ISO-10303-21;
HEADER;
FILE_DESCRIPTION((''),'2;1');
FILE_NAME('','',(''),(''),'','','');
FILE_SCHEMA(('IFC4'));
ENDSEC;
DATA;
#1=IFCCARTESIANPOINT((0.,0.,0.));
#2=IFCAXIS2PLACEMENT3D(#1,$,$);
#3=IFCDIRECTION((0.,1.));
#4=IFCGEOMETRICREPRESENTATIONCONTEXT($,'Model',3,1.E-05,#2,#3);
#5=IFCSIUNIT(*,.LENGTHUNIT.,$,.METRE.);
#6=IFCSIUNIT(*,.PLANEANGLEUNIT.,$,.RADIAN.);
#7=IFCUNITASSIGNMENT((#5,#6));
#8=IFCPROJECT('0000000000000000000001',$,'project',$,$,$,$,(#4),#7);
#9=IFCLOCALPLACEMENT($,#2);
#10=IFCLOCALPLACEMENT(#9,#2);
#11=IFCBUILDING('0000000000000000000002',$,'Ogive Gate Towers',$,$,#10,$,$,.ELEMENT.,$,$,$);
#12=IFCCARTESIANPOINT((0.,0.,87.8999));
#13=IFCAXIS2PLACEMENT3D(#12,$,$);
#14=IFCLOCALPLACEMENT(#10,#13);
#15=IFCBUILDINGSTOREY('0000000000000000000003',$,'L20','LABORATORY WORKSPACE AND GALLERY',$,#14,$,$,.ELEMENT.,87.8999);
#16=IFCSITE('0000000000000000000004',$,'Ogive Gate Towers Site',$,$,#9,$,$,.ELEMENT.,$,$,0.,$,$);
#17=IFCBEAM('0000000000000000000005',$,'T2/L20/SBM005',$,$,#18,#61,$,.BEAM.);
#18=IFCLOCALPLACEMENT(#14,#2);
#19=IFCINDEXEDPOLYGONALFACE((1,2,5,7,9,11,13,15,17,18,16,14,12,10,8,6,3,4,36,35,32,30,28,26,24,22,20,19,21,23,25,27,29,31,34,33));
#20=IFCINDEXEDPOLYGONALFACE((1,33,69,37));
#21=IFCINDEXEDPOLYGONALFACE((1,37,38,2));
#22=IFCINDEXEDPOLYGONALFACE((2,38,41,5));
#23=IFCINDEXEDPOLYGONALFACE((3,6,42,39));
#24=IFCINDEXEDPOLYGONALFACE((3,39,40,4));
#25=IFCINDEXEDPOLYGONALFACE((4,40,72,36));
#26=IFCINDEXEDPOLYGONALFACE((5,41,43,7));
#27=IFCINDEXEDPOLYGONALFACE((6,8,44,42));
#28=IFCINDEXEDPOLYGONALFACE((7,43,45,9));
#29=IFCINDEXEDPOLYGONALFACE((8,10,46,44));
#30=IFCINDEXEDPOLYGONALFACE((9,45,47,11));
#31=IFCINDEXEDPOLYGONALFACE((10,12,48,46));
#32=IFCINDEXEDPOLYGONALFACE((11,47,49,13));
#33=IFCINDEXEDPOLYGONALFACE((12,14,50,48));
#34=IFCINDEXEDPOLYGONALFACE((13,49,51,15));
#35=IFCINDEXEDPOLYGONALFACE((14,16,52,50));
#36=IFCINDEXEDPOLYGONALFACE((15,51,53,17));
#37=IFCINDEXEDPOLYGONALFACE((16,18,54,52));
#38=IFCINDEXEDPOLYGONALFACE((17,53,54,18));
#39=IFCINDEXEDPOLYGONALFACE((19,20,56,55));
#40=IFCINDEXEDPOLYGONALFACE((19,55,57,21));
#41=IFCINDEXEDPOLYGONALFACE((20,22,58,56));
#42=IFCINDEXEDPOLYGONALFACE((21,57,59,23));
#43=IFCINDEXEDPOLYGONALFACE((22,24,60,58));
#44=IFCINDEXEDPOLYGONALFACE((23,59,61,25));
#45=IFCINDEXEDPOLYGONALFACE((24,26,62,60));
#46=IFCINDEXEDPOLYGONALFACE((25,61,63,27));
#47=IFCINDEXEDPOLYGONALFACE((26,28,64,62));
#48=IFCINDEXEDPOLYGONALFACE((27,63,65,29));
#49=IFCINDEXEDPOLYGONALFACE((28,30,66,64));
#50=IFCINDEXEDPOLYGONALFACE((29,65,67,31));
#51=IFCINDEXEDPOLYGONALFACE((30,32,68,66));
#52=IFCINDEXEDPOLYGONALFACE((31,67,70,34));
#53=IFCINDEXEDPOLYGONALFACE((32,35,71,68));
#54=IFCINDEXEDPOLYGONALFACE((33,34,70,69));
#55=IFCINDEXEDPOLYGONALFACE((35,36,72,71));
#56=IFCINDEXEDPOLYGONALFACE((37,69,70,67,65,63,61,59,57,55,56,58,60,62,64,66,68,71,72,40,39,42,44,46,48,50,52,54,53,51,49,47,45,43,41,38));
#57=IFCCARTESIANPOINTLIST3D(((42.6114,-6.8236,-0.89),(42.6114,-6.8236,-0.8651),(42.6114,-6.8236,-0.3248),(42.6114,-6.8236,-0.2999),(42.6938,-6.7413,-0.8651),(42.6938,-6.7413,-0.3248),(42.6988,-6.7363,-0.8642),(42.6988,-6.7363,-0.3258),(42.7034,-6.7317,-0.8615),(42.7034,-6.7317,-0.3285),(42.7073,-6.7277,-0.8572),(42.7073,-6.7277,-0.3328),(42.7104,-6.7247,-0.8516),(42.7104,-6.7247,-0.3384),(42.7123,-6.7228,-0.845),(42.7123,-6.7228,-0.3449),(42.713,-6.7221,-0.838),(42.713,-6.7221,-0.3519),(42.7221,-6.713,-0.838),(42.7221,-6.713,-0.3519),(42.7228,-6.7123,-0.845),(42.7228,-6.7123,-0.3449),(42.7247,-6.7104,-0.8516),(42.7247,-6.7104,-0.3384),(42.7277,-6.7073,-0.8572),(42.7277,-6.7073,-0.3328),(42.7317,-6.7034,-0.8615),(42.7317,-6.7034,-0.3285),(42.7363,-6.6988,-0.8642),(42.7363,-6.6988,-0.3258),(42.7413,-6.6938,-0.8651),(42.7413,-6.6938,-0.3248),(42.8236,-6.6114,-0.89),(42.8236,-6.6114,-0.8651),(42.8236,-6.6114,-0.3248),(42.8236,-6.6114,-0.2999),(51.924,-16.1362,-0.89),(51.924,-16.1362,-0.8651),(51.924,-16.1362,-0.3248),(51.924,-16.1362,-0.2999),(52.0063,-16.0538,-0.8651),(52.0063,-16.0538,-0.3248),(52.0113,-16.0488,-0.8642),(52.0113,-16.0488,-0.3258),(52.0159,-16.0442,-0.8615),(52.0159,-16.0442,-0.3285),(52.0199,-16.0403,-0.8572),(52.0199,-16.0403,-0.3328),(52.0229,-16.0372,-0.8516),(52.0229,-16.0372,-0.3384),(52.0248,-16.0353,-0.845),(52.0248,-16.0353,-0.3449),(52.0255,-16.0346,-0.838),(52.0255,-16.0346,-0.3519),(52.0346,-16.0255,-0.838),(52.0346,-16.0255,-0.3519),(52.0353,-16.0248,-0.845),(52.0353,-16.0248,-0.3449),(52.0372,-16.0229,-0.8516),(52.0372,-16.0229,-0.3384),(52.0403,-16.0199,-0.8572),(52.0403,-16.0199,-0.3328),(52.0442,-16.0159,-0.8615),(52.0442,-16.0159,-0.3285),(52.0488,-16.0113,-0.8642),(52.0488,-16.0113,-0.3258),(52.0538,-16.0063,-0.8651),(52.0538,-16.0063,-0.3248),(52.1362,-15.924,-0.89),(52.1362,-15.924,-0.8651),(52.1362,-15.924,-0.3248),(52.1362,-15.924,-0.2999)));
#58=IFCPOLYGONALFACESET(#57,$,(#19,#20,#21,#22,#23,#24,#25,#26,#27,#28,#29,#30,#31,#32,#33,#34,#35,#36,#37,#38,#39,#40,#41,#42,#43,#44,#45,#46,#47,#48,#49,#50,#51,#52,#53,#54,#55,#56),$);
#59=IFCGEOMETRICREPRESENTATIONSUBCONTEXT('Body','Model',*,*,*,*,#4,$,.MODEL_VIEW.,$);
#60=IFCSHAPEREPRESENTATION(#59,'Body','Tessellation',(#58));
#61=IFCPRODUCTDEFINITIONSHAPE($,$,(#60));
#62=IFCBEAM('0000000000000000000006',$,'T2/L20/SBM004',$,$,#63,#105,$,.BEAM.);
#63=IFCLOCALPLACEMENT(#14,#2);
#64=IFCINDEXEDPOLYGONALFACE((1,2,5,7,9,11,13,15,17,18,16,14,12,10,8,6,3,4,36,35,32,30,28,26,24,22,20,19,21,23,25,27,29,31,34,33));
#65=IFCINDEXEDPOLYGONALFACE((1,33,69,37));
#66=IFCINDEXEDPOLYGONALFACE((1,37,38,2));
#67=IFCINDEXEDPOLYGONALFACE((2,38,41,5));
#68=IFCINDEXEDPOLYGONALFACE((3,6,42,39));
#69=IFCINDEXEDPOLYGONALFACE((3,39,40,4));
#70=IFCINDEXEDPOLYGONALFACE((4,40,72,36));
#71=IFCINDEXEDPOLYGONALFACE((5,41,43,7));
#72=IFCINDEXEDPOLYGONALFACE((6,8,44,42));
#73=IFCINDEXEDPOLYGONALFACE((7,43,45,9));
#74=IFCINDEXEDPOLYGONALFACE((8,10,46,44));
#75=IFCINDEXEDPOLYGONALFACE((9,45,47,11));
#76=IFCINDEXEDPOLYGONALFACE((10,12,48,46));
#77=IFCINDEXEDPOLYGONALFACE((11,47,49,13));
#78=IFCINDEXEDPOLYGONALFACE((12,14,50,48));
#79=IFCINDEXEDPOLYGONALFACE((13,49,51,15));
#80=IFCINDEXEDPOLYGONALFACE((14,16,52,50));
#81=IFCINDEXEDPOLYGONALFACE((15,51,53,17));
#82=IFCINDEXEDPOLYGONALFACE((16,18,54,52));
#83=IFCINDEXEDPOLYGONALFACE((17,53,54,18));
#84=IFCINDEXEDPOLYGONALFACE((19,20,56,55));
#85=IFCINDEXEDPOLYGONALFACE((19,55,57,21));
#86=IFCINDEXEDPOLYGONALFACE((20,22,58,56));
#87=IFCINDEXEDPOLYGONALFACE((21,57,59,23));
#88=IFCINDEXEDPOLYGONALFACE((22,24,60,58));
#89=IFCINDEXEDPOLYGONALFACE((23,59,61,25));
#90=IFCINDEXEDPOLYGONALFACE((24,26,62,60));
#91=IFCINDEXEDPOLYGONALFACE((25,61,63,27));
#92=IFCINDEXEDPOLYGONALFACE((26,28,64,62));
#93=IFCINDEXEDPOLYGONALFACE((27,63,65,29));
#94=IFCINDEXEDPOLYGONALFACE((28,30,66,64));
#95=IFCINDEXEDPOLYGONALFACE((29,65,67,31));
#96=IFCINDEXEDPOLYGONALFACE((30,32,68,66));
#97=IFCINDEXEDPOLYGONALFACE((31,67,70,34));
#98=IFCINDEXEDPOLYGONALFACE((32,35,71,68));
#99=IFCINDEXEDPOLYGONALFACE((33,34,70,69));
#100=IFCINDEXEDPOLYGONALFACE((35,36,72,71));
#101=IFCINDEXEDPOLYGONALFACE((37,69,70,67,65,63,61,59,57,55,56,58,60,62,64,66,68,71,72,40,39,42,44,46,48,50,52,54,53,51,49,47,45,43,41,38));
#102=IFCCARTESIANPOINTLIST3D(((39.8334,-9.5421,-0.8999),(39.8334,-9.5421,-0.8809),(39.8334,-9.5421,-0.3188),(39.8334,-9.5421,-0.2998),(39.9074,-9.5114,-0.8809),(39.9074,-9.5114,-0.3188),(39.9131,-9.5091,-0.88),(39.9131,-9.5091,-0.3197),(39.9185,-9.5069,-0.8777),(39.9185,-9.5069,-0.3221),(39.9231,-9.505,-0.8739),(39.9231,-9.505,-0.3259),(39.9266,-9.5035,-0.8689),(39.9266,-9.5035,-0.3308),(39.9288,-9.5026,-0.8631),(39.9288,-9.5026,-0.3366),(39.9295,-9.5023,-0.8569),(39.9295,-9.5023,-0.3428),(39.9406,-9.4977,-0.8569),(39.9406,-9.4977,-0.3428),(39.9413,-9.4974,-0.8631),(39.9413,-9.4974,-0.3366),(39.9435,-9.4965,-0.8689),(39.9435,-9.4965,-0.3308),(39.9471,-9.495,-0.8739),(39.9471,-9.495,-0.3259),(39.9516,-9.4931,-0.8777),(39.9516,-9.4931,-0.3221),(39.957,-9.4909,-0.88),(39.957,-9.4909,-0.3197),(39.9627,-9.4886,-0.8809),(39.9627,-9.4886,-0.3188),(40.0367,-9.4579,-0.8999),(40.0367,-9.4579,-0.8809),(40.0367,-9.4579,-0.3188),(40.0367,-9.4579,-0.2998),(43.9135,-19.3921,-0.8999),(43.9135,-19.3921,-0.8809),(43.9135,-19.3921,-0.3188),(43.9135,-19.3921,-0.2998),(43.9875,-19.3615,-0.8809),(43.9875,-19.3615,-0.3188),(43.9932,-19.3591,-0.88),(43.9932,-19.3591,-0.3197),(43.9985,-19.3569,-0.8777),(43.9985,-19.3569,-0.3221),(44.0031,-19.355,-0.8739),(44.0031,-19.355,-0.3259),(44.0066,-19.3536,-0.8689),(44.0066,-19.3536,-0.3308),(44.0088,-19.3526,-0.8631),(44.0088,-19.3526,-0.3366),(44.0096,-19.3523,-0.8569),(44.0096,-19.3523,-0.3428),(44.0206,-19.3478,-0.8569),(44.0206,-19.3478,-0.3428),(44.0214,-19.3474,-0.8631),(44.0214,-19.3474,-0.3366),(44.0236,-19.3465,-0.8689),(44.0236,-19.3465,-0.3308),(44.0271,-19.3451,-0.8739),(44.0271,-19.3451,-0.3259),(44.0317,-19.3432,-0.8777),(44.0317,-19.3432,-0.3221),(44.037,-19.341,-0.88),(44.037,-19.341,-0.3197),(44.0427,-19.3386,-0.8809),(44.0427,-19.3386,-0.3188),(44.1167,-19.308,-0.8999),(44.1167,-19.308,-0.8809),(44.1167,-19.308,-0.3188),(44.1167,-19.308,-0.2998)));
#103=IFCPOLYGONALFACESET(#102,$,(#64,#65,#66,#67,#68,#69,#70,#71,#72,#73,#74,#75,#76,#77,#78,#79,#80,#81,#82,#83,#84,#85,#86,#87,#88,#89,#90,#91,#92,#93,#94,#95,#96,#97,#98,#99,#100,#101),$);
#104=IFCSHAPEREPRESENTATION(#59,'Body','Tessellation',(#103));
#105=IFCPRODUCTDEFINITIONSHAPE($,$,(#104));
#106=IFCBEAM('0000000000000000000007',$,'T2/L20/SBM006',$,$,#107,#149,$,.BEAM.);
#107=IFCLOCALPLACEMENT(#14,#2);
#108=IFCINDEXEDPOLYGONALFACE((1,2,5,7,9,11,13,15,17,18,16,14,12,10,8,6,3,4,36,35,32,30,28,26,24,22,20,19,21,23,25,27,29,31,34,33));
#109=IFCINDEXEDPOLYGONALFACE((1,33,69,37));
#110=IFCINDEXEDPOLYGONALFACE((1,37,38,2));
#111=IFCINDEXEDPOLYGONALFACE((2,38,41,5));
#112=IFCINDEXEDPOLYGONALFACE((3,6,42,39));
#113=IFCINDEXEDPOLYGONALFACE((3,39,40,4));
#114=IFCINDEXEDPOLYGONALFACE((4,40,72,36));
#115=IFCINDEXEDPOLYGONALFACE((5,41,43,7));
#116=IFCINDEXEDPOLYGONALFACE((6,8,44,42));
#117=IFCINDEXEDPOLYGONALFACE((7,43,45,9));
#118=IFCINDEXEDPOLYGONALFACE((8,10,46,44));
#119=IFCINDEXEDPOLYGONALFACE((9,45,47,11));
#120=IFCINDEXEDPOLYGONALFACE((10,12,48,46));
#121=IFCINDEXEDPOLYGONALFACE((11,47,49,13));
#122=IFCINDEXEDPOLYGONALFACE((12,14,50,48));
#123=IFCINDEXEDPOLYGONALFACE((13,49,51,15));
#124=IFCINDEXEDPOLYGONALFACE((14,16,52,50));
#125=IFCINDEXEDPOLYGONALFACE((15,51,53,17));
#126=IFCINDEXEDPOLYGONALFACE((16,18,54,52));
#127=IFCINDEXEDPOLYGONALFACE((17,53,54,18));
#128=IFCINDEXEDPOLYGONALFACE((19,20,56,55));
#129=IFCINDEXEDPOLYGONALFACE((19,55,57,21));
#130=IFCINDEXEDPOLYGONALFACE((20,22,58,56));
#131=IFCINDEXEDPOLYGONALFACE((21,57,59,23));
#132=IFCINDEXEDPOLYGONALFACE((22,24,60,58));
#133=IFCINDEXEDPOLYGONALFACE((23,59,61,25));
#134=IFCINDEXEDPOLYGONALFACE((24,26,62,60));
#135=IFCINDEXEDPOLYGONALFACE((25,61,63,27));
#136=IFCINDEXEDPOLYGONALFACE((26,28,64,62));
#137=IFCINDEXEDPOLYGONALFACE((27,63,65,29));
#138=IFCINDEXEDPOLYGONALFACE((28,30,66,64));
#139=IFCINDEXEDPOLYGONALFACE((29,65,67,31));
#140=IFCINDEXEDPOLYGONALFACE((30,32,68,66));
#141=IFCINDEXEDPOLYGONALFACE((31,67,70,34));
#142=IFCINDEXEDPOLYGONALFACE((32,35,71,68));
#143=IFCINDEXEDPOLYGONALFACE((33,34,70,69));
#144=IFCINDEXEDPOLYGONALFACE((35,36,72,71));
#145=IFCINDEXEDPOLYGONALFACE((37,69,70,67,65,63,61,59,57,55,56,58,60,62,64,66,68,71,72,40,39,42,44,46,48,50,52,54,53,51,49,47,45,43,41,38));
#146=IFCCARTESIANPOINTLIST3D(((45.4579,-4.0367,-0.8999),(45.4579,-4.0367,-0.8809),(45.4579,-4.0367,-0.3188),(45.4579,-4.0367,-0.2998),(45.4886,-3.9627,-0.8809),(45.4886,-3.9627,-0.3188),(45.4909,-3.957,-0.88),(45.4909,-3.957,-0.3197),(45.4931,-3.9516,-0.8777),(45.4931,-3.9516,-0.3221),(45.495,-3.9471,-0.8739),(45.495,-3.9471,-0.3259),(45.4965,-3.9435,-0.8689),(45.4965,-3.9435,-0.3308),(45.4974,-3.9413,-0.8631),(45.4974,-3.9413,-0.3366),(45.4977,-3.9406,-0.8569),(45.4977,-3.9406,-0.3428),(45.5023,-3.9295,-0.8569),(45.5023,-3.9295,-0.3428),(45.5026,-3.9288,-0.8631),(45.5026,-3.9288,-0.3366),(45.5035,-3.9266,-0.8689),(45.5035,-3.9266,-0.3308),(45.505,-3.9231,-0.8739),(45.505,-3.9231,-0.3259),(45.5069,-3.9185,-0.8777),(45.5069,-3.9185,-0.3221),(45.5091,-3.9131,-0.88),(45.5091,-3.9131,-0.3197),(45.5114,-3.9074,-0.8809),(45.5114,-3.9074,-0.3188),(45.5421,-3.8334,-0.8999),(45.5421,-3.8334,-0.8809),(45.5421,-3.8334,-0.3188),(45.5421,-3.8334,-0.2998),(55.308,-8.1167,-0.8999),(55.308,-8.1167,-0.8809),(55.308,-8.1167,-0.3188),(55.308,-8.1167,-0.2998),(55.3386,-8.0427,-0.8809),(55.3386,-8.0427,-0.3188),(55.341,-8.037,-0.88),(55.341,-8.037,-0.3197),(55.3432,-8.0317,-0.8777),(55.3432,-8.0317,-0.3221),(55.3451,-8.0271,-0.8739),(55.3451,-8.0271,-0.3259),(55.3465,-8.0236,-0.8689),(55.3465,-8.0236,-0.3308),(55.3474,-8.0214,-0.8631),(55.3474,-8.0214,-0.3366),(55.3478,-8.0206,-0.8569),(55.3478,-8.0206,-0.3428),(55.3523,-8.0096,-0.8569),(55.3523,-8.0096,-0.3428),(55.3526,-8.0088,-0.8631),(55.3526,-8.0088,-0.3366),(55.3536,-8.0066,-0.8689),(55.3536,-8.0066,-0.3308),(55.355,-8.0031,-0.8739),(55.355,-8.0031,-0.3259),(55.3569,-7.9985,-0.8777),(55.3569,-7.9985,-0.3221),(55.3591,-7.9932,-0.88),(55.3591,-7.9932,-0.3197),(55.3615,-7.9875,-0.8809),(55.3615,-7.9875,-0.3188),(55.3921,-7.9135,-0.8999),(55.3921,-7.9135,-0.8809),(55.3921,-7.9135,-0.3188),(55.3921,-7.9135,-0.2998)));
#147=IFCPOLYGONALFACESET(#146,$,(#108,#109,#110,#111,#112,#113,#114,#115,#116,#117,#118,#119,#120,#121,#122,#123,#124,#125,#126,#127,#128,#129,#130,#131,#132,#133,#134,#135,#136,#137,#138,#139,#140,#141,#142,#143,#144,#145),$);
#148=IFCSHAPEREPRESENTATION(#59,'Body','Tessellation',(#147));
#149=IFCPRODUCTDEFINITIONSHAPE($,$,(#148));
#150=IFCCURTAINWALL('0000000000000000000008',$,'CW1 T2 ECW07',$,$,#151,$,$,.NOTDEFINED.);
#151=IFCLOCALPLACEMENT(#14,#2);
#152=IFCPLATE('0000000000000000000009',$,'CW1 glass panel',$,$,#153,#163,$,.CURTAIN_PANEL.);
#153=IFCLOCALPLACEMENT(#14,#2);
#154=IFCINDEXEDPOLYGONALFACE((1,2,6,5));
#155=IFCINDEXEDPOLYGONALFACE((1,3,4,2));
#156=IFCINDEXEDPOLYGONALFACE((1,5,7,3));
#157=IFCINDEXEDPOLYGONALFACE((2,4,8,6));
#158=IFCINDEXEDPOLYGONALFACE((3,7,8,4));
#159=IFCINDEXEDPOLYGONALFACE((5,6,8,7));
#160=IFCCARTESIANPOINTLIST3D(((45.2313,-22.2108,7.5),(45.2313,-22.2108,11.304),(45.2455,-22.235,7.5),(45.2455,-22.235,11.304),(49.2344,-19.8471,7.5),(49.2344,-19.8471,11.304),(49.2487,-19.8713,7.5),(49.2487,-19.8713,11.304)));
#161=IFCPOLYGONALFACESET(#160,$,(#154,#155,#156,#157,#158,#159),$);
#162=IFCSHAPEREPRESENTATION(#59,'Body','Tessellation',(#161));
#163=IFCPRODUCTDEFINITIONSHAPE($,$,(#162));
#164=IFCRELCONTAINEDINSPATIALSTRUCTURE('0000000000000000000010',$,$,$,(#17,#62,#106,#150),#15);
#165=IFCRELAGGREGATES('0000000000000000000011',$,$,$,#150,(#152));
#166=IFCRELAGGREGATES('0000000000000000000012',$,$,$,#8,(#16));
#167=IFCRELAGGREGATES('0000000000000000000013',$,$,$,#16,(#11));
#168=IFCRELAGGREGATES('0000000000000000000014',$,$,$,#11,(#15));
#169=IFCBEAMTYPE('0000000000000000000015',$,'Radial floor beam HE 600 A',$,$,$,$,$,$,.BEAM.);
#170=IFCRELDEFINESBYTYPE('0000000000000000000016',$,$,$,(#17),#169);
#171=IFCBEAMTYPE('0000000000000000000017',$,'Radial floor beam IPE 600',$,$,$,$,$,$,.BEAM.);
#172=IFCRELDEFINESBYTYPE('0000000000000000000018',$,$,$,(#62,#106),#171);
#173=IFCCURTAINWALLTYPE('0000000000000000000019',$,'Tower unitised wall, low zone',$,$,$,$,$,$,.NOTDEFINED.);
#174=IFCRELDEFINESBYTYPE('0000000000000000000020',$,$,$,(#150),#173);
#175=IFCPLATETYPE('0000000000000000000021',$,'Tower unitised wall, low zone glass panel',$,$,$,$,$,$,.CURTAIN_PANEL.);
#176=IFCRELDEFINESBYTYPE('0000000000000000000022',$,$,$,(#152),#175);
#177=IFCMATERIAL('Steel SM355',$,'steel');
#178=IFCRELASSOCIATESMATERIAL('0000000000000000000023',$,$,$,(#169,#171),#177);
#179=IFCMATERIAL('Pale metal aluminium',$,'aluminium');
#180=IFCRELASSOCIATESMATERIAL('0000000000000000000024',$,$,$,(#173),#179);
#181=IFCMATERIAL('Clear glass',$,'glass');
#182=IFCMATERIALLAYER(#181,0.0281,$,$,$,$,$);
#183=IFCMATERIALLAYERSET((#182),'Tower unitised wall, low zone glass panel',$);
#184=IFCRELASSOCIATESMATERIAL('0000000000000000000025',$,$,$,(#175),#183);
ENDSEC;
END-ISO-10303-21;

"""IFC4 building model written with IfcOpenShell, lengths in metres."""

from ifc_helpers import new_model, si_unit, direction, frame, origin, origin_2d, place, context, subcontext, project, spatial, rectangle, i_section, extrude, material, layer, layer_set, material_profile, profile_set, type_object, element, aggregate, save


model = new_model("IFC4")

# Units and contexts
model_context = context("Model", 3, precision=1e-05, world=origin(), true_north=direction((0.0, 1.0)))
body_context = subcontext(model_context, "Body", "Model", "MODEL_VIEW")
ifc_project = project(units=[si_unit("LENGTHUNIT", "METRE"), si_unit("PLANEANGLEUNIT", "RADIAN")], contexts=[model_context])

# Site, building, storey
site_placement = place(None, origin())
site = spatial("IfcSite", under=ifc_project, at=site_placement, Name="Ogive Gate Towers Site", CompositionType="ELEMENT", RefElevation=0.0)
building_placement = place(site_placement, origin())
building = spatial("IfcBuilding", under=site, at=building_placement, Name="Ogive Gate Towers", CompositionType="ELEMENT")
storey_placement = place(building_placement, frame((0.0, 0.0, 87.8999)))
storey = spatial("IfcBuildingStorey", under=building, at=storey_placement, Name="L20", Description="LABORATORY WORKSPACE AND GALLERY", CompositionType="ELEMENT", Elevation=87.8999)

# Beams
ifc_material_1 = material(Name="Steel SM355", Category="steel")
ifc_material_profile_1 = material_profile(ifc_material_1, i_section(OverallWidth=0.3, OverallDepth=0.5901, WebThickness=0.0129, FlangeThickness=0.0249, FilletRadius=0.0271, at=origin_2d()), Name="HE 600 A")
ifc_profile_set_1 = profile_set([ifc_material_profile_1], Name="Steel SM355")
beam_type_1 = type_object("IfcBeamType", Name="Radial floor beam HE 600 A", PredefinedType="BEAM", material=ifc_profile_set_1)
beam_placement = place(storey_placement, frame((42.7175, -6.7175, -0.595), z_axis=(0.707107, -0.707107, 0.0), x_axis=(0.707107, 0.707107, 0.0)))
element("IfcBeam", 1, at=beam_placement, inside=storey, type_object=beam_type_1, Name="T2/L20/SBM005", PredefinedType="BEAM", context=body_context, shape_type="SweptSolid", body=[
    extrude(i_section(OverallWidth=0.3, OverallDepth=0.5901, WebThickness=0.0129, FlangeThickness=0.0249, FilletRadius=0.0271, at=origin_2d()), origin(), (0.0, 0.0, 1.0), 13.1699),
])
ifc_material_profile_2 = material_profile(ifc_material_1, i_section(OverallWidth=0.22, OverallDepth=0.6001, WebThickness=0.012, FlangeThickness=0.019, FilletRadius=0.0239, at=origin_2d()), Name="IPE 600")
ifc_profile_set_2 = profile_set([ifc_material_profile_2], Name="Steel SM355")
beam_type_2 = type_object("IfcBeamType", Name="Radial floor beam IPE 600", PredefinedType="BEAM", material=ifc_profile_set_2)
for number, where, z_axis, x_axis, name in (
    (2, (39.9351, -9.5, -0.5999), (0.382686, -0.923878, 0.0), (0.923878, 0.382686, 0.0), "T2/L20/SBM004"),
    (3, (45.5, -3.9351, -0.5999), (0.923878, -0.382686, 0.0), (0.382686, 0.923878, 0.0), "T2/L20/SBM006"),
):
    element("IfcBeam", number, at=place(storey_placement, frame(where, z_axis=z_axis, x_axis=x_axis)), inside=storey, type_object=beam_type_2, Name=name, PredefinedType="BEAM", context=body_context, shape_type="SweptSolid", body=[
        extrude(i_section(OverallWidth=0.22, OverallDepth=0.6001, WebThickness=0.012, FlangeThickness=0.019, FilletRadius=0.0239, at=origin_2d()), origin(), (0.0, 0.0, 1.0), 10.6616),
    ])

# Curtain wall, plate
ifc_material_2 = material(Name="Pale metal aluminium", Category="aluminium")
curtain_wall_type = type_object("IfcCurtainWallType", Name="Tower unitised wall, low zone", PredefinedType="NOTDEFINED", material=ifc_material_2)
curtain_wall_placement = place(storey_placement, origin())
curtain_wall = element("IfcCurtainWall", 4, at=curtain_wall_placement, inside=storey, type_object=curtain_wall_type, Name="CW1 T2 ECW07", PredefinedType="NOTDEFINED")
ifc_material_3 = material(Name="Clear glass", Category="glass")
ifc_layer_1 = layer(ifc_material_3, 0.0281)
ifc_layer_set_1 = layer_set([ifc_layer_1], Name="Tower unitised wall, low zone glass panel")
plate_type = type_object("IfcPlateType", Name="Tower unitised wall, low zone glass panel", PredefinedType="CURTAIN_PANEL", material=ifc_layer_set_1)
plate_placement = place(storey_placement, frame((47.24, -21.041, 7.5), z_axis=(0.0, 0.0, 1.0), x_axis=(0.861097, 0.50844, 0.0)))
plate = element("IfcPlate", 5, at=plate_placement, type_object=plate_type, Name="CW1 glass panel", PredefinedType="CURTAIN_PANEL", context=body_context, shape_type="SweptSolid", body=[
    extrude(rectangle(XDim=4.6489, YDim=0.0281, at=origin_2d()), origin(), (0.0, 0.0, 1.0), 3.804),
])
aggregate(curtain_wall, [plate])

save(model, "model.ifc")
